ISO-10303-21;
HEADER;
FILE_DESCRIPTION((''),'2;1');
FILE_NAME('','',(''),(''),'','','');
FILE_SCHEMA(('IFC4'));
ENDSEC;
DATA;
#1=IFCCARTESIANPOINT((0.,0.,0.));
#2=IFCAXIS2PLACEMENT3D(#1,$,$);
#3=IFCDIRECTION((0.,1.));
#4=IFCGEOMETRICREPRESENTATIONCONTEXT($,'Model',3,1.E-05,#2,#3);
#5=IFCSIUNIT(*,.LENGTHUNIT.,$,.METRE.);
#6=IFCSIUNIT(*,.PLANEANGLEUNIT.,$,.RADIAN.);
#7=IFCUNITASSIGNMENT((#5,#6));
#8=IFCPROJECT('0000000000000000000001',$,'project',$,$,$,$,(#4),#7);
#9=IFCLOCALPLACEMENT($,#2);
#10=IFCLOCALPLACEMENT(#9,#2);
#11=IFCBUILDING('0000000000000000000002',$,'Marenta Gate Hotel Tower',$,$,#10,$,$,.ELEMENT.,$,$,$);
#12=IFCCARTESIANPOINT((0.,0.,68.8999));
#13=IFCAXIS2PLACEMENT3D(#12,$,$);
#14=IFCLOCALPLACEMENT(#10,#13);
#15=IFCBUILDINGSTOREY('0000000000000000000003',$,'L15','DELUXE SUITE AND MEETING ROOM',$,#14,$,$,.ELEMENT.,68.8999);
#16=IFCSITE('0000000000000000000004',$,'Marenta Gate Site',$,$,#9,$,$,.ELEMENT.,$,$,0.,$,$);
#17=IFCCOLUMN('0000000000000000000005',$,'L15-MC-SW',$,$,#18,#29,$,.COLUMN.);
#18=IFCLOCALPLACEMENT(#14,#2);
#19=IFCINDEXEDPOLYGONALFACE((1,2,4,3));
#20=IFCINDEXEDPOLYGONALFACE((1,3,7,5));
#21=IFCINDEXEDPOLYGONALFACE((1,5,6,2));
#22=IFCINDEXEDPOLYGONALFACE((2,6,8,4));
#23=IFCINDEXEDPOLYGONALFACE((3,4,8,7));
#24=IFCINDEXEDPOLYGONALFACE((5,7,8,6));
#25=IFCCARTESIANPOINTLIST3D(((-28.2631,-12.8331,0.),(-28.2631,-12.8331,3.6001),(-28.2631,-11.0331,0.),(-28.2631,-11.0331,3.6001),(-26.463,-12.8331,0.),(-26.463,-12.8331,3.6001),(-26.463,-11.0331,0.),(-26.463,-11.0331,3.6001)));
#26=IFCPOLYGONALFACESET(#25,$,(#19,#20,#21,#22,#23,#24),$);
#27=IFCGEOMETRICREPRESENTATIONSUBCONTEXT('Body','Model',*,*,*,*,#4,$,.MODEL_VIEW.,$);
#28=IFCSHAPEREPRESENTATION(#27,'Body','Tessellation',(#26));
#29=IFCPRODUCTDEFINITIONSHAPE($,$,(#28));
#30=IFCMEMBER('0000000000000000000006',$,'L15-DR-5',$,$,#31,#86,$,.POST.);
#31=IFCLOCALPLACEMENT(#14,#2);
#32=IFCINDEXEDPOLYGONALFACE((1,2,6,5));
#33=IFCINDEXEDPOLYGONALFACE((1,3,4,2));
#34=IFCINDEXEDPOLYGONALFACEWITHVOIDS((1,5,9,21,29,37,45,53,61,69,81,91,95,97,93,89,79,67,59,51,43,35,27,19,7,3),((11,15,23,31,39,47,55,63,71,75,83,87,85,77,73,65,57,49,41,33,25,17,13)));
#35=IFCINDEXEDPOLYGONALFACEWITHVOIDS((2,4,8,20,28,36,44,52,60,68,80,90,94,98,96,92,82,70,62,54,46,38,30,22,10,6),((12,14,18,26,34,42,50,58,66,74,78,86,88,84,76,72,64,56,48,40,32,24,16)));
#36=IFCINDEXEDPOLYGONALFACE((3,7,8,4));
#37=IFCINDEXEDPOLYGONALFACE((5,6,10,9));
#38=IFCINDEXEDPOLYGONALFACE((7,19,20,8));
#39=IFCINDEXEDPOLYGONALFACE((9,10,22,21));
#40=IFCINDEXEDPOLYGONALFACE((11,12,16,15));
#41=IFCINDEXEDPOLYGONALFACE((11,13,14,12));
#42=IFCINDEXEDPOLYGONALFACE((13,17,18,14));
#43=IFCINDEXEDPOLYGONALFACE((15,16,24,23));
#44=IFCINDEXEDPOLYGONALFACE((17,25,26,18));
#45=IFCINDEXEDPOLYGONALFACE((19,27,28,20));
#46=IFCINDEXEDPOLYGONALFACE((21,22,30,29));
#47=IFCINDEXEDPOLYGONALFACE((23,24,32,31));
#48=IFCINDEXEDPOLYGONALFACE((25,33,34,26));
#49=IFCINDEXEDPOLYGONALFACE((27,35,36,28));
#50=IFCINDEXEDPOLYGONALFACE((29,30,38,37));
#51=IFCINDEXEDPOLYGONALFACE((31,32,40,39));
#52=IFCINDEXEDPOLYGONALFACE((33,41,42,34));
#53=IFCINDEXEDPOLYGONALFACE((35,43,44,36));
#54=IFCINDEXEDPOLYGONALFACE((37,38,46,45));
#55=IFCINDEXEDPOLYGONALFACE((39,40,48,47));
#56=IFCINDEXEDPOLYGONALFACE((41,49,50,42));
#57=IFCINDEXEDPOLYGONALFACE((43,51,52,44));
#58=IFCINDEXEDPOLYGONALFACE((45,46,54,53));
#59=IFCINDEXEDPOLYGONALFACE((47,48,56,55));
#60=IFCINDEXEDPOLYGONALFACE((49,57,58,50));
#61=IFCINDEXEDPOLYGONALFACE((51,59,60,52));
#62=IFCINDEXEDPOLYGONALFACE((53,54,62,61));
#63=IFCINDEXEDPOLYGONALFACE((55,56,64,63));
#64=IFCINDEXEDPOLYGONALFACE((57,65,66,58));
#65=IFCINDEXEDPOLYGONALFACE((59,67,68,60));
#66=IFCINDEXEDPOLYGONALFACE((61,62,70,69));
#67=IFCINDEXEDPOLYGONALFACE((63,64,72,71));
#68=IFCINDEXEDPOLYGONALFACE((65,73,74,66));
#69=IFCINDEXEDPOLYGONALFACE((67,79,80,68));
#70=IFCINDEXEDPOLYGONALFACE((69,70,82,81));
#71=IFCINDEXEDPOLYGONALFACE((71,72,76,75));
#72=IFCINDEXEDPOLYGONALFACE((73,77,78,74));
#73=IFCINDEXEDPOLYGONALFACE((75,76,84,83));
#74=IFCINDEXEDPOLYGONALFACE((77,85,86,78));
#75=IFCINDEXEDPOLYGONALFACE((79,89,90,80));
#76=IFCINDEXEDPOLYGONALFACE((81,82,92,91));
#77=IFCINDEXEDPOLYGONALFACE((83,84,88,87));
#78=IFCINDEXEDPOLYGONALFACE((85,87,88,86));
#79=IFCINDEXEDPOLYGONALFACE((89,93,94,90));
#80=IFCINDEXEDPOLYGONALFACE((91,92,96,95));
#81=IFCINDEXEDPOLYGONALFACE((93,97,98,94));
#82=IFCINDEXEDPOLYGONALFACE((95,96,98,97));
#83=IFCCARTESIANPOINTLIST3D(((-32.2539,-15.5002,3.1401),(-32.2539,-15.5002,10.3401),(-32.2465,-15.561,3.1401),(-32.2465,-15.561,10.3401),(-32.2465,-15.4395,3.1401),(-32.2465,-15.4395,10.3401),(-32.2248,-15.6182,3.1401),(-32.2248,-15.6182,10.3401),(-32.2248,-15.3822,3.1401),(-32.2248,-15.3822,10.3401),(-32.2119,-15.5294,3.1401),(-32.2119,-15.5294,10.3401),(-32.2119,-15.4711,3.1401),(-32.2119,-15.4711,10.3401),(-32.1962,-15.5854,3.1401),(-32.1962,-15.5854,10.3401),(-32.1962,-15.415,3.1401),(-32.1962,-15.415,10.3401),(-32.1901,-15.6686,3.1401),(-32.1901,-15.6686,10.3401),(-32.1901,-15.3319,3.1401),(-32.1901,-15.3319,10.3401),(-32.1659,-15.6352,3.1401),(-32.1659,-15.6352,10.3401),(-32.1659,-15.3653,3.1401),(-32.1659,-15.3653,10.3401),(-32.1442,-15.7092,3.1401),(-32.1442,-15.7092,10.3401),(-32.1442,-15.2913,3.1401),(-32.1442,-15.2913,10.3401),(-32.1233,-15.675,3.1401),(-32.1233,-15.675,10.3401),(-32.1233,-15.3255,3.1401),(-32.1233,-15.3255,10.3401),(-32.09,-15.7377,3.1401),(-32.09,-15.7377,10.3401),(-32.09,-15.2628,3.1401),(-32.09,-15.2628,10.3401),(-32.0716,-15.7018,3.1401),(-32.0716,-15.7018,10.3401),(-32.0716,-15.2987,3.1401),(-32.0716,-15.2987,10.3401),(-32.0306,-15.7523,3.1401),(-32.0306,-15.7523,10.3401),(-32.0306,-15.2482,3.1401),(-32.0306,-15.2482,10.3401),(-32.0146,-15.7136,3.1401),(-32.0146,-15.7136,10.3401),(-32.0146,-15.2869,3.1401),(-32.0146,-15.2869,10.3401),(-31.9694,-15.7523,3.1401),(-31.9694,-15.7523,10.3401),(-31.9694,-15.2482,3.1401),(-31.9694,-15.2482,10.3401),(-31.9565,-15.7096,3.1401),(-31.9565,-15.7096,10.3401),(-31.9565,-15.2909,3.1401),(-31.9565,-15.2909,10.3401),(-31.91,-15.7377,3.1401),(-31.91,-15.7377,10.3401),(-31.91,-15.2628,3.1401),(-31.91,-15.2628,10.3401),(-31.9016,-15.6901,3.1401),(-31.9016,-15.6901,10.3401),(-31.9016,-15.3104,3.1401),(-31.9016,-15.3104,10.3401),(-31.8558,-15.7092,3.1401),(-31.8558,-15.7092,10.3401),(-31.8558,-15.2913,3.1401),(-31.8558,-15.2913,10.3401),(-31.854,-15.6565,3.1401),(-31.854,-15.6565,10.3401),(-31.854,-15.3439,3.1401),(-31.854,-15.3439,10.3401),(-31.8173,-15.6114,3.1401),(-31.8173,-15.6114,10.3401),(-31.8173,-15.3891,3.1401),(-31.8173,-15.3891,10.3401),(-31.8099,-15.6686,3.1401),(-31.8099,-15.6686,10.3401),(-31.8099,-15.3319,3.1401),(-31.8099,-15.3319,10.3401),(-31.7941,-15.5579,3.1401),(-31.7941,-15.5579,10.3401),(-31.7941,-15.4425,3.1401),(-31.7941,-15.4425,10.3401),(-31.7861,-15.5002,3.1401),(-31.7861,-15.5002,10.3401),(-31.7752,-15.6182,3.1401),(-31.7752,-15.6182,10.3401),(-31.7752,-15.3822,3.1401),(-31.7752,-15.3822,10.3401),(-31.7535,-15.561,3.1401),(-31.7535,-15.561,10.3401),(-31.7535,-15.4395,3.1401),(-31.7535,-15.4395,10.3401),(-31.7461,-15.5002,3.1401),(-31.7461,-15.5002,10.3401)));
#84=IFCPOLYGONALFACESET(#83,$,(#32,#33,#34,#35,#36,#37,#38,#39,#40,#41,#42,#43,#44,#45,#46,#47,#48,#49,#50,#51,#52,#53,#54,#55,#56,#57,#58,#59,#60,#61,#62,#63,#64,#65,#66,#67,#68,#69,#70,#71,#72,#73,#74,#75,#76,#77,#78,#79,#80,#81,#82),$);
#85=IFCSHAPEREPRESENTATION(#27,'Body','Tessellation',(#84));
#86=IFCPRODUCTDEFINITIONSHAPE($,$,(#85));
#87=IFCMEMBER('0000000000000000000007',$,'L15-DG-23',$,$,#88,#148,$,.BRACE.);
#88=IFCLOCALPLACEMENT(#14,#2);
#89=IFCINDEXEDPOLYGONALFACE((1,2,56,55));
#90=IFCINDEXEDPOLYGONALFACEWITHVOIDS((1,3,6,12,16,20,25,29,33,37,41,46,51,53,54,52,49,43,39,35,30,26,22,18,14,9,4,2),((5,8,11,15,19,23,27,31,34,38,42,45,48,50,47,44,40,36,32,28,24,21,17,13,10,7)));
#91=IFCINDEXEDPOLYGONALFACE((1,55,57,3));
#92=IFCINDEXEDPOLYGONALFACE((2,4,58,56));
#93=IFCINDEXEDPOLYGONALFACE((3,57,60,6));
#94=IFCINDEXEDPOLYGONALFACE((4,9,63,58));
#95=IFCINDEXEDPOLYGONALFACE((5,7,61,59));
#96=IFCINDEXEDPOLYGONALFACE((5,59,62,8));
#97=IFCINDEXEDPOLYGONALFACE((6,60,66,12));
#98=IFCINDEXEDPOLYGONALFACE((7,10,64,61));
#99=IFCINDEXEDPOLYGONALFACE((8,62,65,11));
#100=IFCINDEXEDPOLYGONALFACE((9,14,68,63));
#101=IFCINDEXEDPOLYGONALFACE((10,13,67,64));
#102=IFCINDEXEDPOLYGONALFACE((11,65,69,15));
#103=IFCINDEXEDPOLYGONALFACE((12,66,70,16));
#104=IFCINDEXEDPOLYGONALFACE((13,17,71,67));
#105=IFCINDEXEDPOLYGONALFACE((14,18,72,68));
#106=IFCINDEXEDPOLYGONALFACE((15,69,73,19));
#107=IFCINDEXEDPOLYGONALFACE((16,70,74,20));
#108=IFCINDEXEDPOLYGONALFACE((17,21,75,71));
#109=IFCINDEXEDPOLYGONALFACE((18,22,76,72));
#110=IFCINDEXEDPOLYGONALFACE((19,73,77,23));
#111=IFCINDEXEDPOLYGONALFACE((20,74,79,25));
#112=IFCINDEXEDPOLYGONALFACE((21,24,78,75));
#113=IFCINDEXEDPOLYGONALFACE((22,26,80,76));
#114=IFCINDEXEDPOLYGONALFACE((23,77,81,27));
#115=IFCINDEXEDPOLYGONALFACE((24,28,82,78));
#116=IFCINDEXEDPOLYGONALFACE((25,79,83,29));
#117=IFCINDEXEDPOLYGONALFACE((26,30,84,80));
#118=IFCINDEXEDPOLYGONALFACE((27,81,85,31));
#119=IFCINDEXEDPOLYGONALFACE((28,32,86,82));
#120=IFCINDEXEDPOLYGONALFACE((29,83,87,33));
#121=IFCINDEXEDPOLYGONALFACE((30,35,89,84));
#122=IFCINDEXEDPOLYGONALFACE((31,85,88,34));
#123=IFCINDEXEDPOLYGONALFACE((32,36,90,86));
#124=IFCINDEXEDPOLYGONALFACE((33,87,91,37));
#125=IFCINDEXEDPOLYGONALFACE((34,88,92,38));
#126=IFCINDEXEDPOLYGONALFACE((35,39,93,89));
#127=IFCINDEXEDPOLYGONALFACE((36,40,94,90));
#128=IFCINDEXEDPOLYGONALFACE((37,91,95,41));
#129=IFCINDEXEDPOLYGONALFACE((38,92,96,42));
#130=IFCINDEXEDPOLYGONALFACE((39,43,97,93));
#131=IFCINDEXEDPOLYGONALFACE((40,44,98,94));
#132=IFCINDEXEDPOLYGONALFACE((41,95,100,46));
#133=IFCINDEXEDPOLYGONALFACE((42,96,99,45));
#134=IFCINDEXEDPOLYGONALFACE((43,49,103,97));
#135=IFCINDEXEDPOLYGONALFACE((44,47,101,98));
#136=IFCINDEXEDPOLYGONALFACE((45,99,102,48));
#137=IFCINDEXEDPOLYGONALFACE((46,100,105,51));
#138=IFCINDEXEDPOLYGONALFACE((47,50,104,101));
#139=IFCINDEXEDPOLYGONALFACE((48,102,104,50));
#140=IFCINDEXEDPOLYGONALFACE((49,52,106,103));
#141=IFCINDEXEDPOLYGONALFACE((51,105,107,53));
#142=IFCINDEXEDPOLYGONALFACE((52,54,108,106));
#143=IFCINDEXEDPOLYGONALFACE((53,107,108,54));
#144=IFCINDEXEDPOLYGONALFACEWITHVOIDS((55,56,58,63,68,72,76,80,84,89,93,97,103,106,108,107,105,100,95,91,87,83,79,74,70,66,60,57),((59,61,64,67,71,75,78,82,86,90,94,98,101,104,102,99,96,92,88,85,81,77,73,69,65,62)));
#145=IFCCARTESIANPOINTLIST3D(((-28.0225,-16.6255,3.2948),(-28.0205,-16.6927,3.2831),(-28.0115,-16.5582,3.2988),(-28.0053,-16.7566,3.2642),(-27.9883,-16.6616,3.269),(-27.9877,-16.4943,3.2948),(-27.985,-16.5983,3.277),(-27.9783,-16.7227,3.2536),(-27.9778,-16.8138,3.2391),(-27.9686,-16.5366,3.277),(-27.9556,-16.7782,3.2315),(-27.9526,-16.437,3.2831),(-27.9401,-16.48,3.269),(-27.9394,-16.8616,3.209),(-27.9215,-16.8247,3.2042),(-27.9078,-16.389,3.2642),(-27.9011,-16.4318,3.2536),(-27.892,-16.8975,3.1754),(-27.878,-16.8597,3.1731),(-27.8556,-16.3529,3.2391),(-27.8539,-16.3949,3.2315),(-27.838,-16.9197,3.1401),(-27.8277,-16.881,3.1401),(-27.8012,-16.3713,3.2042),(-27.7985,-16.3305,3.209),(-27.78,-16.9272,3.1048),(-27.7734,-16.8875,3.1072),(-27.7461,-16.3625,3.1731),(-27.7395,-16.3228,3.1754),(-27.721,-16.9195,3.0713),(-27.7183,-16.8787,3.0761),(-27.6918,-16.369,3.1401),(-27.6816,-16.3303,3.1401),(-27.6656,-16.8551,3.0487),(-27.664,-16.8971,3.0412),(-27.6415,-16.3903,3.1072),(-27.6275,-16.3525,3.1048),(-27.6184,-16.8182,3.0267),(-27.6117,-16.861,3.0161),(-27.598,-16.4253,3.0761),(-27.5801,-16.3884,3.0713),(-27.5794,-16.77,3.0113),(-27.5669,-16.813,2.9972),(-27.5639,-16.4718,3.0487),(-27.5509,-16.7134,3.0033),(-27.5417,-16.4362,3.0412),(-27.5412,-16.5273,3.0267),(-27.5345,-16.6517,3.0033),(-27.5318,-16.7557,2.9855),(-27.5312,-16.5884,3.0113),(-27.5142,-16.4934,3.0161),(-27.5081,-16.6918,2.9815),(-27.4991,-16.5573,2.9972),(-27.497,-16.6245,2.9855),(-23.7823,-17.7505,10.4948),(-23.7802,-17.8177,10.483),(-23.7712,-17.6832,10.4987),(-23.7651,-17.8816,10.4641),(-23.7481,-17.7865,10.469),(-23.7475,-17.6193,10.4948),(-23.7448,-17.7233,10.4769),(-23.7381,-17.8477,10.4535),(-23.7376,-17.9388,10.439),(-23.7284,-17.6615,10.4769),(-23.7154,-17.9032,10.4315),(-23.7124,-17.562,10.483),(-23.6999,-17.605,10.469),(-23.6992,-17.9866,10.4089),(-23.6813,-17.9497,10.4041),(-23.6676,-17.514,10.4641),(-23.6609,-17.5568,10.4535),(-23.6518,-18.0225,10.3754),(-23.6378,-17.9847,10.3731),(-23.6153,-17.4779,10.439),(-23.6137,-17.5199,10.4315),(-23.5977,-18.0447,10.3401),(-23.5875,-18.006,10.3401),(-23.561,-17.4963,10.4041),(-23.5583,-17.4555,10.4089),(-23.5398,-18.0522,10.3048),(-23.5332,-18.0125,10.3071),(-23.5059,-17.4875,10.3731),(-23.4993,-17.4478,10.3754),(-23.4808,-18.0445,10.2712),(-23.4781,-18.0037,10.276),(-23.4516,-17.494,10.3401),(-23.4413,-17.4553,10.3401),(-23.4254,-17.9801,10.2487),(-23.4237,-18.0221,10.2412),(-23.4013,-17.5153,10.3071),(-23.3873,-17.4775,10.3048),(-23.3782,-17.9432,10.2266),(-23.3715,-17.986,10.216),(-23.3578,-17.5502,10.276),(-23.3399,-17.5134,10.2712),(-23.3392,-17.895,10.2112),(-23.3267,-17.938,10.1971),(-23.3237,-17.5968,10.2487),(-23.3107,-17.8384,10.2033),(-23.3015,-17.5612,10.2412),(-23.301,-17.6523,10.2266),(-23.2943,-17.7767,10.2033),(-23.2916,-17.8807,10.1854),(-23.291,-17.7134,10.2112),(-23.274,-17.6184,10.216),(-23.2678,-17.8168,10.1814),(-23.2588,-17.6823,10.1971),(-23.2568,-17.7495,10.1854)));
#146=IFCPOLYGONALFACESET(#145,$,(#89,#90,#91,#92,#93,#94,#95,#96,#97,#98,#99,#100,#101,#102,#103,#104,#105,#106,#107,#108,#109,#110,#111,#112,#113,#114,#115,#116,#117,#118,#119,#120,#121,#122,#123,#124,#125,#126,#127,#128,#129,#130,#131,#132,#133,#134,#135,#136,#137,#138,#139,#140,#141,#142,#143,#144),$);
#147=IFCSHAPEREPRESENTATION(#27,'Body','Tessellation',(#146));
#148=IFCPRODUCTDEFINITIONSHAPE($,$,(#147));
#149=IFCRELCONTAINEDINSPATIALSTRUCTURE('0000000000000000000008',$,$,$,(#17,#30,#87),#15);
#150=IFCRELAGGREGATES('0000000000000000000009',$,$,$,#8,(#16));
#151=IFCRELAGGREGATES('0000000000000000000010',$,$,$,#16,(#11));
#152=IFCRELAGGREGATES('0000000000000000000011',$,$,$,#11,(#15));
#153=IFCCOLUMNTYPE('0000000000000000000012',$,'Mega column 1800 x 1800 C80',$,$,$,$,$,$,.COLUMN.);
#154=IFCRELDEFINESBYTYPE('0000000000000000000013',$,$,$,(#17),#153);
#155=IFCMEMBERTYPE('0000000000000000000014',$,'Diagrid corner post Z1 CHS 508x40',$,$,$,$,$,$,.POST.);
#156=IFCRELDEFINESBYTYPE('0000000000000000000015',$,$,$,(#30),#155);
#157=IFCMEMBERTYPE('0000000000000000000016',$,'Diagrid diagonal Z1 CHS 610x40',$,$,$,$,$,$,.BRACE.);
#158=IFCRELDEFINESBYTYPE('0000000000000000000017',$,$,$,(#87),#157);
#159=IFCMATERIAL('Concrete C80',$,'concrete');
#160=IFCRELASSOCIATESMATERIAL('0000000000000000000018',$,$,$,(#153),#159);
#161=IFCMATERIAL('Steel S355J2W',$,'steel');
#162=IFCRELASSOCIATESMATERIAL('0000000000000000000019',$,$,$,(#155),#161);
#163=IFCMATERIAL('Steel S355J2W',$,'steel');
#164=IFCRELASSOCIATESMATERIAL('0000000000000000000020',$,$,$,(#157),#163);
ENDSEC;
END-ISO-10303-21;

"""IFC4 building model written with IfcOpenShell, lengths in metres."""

from ifc_helpers import new_model, si_unit, direction, frame, origin, origin_2d, place, context, subcontext, project, spatial, rectangle, hollow_circle, extrude, material, material_profile, profile_set, type_object, element, save


model = new_model("IFC4")

# Units and contexts
model_context = context("Model", 3, precision=1e-05, world=origin(), true_north=direction((0.0, 1.0)))
body_context = subcontext(model_context, "Body", "Model", "MODEL_VIEW")
ifc_project = project(units=[si_unit("LENGTHUNIT", "METRE"), si_unit("PLANEANGLEUNIT", "RADIAN")], contexts=[model_context])

# Site, building, storey
site_placement = place(None, origin())
site = spatial("IfcSite", under=ifc_project, at=site_placement, Name="Marenta Gate Site", CompositionType="ELEMENT", RefElevation=0.0)
building_placement = place(site_placement, origin())
building = spatial("IfcBuilding", under=site, at=building_placement, Name="Marenta Gate Hotel Tower", CompositionType="ELEMENT")
storey_placement = place(building_placement, frame((0.0, 0.0, 68.8999)))
storey = spatial("IfcBuildingStorey", under=building, at=storey_placement, Name="L15", Description="DELUXE SUITE AND MEETING ROOM", CompositionType="ELEMENT", Elevation=68.8999)

# Column
ifc_material_1 = material(Name="Concrete C80", Category="concrete")
ifc_material_profile_1 = material_profile(ifc_material_1, rectangle(XDim=1.8, YDim=1.8, at=origin_2d()), Name="1800 x 1800")
ifc_profile_set_1 = profile_set([ifc_material_profile_1], Name="Concrete C80")
column_type = type_object("IfcColumnType", Name="Mega column 1800 x 1800 C80", PredefinedType="COLUMN", material=ifc_profile_set_1)
column_placement = place(storey_placement, frame((-27.363, -11.9331, 0.0), z_axis=(0.0, 0.0, 1.0), x_axis=(1.0, 0.0, 0.0)))
element("IfcColumn", 1, at=column_placement, inside=storey, type_object=column_type, Name="L15-MC-SW", PredefinedType="COLUMN", context=body_context, shape_type="SweptSolid", body=[
    extrude(rectangle(XDim=1.8, YDim=1.8, at=origin_2d()), origin(), (0.0, 0.0, 1.0), 3.6001),
])

# Members
ifc_material_2 = material(Name="Steel S355J2W", Category="steel")
ifc_material_profile_2 = material_profile(ifc_material_2, hollow_circle(Radius=0.2539, WallThickness=0.04, at=origin_2d()), Name="CHS 508x40")
ifc_profile_set_2 = profile_set([ifc_material_profile_2], Name="Steel S355J2W")
member_type_1 = type_object("IfcMemberType", Name="Diagrid corner post Z1 CHS 508x40", PredefinedType="POST", material=ifc_profile_set_2)
member_1_placement = place(storey_placement, frame((-32.0, -15.5002, 3.1401), z_axis=(0.0, 0.0, 1.0), x_axis=(1.0, 0.0, 0.0)))
element("IfcMember", 2, at=member_1_placement, inside=storey, type_object=member_type_1, Name="L15-DR-5", PredefinedType="POST", context=body_context, shape_type="SweptSolid", body=[
    extrude(hollow_circle(Radius=0.2539, WallThickness=0.04, at=origin_2d()), origin(), (0.0, 0.0, 1.0), 7.2),
])
ifc_material_3 = material(Name="Steel S355J2W", Category="steel")
ifc_material_profile_3 = material_profile(ifc_material_3, hollow_circle(Radius=0.3049, WallThickness=0.04, at=origin_2d()), Name="CHS 610x40")
ifc_profile_set_3 = profile_set([ifc_material_profile_3], Name="Steel S355J2W")
member_type_2 = type_object("IfcMemberType", Name="Diagrid diagonal Z1 CHS 610x40", PredefinedType="BRACE", material=ifc_profile_set_3)
for number, where, z_axis, x_axis, name in (
    (3, (-27.7598, -16.625, 3.1401), (0.502924, -0.133434, 0.853969), (0.256443, 0.966559, 0.0), "L15-DG-23"),
):
    element("IfcMember", number, at=place(storey_placement, frame(where, z_axis=z_axis, x_axis=x_axis)), inside=storey, type_object=member_type_2, Name=name, PredefinedType="BRACE", context=body_context, shape_type="SweptSolid", body=[
        extrude(hollow_circle(Radius=0.3049, WallThickness=0.04, at=origin_2d()), origin(), (0.0, 0.0, 1.0), 8.4312),
    ])

save(model, "model.ifc")
